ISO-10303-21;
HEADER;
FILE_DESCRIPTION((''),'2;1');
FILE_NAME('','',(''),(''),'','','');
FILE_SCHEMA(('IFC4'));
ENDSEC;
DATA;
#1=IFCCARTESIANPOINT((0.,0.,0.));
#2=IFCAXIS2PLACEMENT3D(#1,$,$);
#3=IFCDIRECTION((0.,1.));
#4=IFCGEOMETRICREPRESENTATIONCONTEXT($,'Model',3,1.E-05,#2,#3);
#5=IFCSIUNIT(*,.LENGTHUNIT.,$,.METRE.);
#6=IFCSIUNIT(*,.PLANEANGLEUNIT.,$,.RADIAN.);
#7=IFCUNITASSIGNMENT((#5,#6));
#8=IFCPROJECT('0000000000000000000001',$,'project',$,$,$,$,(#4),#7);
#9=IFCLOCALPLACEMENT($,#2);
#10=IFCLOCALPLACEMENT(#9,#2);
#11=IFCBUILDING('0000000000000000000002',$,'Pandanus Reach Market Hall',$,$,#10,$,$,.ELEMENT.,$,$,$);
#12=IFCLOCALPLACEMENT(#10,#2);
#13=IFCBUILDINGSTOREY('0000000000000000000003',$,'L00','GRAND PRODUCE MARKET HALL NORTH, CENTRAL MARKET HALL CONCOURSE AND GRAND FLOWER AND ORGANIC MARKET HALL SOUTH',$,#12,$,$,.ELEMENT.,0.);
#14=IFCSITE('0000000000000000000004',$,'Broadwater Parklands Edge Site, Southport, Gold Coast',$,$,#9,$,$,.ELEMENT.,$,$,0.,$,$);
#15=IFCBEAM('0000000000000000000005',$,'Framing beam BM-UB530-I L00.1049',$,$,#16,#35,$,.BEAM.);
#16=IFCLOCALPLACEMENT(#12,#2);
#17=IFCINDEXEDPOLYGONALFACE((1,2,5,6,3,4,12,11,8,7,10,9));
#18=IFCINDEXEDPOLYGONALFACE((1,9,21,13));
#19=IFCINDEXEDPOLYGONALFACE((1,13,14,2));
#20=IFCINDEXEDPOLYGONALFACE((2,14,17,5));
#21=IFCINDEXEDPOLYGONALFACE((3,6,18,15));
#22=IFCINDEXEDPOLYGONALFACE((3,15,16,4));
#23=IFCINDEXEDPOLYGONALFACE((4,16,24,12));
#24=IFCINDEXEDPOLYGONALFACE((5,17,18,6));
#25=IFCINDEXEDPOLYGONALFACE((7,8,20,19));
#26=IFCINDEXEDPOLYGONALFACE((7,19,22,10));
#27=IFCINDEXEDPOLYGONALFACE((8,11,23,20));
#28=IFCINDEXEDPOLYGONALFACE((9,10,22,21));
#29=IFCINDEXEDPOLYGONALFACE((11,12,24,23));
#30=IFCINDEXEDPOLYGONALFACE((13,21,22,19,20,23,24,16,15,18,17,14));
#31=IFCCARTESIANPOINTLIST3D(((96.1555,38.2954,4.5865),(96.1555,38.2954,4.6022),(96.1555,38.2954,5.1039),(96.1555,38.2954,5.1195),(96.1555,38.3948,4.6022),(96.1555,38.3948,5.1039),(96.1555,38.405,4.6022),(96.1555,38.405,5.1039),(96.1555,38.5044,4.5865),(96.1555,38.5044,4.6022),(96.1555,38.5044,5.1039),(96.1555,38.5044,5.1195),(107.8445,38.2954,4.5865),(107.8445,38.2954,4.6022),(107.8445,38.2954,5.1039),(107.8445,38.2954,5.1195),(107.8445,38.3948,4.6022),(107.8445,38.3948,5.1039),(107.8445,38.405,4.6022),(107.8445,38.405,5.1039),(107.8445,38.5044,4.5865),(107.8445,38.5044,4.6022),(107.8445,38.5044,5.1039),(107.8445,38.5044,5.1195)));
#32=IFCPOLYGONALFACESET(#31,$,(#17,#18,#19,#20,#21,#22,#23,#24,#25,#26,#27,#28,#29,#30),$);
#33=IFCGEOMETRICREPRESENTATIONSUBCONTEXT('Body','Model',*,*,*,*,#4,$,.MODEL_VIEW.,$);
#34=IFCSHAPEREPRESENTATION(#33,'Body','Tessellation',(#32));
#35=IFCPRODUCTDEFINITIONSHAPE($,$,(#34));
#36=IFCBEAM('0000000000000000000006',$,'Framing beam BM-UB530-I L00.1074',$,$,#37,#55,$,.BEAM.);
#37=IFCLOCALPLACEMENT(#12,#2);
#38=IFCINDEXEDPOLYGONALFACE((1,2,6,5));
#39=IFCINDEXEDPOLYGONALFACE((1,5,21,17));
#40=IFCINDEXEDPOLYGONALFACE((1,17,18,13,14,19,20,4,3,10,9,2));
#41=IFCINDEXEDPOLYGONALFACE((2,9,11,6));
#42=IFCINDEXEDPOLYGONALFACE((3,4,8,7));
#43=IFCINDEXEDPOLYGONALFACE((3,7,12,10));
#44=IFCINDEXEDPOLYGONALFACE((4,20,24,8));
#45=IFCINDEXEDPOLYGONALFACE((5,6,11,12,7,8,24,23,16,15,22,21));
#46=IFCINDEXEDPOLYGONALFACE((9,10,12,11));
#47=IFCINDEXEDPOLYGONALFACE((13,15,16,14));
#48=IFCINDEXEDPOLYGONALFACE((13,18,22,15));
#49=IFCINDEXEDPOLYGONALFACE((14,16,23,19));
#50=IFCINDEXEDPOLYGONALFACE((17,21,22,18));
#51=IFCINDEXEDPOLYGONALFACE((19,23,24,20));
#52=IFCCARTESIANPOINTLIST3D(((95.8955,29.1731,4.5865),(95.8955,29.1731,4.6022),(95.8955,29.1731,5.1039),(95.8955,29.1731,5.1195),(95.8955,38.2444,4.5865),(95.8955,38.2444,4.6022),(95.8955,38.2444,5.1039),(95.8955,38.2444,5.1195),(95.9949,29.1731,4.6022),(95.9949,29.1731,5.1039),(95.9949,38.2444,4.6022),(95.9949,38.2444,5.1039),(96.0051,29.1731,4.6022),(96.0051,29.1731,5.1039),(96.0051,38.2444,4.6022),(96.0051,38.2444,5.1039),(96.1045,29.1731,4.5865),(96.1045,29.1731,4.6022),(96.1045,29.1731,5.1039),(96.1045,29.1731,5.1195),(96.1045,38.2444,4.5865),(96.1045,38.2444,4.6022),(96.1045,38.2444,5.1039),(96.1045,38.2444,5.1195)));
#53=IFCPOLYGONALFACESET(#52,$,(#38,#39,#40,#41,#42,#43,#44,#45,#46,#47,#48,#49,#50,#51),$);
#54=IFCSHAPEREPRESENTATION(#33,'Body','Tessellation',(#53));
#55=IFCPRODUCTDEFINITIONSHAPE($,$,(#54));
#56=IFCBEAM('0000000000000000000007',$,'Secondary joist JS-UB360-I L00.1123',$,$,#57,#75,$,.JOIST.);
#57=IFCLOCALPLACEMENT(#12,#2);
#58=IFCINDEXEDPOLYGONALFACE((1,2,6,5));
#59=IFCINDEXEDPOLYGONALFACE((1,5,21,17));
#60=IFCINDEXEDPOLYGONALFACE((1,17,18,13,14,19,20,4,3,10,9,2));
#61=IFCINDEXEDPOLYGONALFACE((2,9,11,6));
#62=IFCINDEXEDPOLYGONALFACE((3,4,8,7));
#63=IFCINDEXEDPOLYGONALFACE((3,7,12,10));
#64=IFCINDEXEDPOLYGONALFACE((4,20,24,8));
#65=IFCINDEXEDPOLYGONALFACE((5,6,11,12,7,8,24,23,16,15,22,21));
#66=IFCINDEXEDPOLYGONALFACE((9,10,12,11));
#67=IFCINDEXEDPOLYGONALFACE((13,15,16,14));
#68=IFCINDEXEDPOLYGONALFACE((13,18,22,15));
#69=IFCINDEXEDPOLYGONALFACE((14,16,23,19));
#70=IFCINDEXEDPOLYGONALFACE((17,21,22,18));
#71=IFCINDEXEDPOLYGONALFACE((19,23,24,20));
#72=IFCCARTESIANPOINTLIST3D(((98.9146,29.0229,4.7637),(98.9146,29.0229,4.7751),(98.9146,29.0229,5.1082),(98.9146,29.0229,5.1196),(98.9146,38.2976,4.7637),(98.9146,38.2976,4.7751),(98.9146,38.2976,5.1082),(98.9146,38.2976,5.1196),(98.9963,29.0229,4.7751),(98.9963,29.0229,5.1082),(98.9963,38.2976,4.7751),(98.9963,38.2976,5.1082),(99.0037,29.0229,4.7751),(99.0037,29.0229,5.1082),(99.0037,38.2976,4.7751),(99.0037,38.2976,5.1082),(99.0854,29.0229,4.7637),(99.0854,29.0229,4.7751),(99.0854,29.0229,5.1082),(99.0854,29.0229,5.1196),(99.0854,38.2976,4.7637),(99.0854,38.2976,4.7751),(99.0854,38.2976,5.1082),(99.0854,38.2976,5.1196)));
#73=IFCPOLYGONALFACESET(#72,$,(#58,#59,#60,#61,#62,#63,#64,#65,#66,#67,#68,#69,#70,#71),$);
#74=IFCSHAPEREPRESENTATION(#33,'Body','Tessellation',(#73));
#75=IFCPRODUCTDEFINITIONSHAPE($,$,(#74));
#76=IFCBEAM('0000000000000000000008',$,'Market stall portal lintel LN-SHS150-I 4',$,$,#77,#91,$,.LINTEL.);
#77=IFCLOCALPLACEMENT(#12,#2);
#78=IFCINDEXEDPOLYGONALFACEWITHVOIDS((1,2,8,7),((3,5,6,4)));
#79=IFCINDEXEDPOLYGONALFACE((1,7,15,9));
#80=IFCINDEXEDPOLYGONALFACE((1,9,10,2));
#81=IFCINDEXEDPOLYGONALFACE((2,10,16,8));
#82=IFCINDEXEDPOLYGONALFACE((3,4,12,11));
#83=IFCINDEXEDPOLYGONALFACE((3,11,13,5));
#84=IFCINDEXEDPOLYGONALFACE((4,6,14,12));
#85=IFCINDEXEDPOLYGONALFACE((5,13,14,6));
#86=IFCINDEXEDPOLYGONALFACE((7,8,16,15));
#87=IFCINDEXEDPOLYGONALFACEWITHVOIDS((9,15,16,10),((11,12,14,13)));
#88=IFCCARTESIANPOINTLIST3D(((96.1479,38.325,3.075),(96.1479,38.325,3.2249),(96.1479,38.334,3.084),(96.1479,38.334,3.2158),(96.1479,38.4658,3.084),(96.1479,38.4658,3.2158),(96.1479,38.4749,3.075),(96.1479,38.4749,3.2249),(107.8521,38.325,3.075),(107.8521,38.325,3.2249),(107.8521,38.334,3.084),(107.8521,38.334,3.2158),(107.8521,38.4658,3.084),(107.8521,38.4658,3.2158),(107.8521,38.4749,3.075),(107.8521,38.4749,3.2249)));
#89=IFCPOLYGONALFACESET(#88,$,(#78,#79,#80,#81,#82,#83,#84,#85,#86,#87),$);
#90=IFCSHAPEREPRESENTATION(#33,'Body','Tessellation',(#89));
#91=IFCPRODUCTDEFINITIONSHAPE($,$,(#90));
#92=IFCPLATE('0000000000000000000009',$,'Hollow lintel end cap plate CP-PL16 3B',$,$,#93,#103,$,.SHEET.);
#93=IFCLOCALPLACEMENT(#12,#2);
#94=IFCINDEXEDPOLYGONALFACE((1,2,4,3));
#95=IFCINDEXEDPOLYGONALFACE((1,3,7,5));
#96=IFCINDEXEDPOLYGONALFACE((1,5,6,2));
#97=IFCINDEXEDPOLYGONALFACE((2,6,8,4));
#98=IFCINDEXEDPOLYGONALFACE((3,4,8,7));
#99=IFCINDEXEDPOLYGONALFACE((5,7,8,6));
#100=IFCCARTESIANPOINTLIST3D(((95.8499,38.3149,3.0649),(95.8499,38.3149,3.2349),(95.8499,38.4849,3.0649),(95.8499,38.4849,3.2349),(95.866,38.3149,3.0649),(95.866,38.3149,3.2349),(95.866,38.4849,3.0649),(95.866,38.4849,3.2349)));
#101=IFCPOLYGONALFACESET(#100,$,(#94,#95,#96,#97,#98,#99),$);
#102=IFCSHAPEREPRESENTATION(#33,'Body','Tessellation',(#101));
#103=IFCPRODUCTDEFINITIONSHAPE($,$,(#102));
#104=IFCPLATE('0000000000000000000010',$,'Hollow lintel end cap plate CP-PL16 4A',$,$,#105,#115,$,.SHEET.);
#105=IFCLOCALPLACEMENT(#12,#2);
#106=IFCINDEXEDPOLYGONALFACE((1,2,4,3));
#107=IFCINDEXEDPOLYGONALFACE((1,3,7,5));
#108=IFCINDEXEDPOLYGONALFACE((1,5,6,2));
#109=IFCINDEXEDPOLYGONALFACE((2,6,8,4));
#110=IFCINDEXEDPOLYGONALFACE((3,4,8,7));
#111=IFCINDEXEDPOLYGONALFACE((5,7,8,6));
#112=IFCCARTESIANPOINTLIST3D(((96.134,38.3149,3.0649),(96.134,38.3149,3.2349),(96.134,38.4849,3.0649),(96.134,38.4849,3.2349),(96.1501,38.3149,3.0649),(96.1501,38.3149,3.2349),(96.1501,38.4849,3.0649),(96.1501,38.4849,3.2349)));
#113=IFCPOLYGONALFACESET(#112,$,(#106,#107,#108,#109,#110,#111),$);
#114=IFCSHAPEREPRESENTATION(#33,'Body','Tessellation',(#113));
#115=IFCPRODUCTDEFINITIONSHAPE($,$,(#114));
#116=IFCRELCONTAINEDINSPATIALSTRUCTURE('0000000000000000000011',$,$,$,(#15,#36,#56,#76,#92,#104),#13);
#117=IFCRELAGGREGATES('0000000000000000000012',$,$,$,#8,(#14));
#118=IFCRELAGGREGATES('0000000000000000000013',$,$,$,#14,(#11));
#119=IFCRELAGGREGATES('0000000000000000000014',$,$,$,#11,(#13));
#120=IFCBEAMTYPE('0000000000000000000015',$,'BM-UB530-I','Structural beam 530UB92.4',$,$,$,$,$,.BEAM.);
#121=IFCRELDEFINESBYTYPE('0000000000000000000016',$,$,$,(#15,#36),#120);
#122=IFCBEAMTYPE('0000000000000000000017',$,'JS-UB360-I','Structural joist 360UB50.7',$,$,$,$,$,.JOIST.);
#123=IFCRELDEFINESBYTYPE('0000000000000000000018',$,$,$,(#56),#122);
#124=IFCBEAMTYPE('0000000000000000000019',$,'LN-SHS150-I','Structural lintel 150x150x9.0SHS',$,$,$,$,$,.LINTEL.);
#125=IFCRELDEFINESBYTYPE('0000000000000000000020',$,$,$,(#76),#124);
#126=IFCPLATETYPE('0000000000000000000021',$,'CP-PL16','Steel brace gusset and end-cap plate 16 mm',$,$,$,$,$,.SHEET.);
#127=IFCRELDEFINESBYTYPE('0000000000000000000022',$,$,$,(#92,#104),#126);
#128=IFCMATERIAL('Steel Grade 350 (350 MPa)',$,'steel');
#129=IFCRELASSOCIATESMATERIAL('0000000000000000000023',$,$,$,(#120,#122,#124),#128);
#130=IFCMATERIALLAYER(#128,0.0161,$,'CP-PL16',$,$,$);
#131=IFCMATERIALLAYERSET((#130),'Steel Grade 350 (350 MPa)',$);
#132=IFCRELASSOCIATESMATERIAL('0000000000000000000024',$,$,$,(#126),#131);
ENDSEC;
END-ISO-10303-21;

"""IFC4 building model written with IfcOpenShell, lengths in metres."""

from ifc_helpers import new_model, si_unit, direction, frame, origin, origin_2d, place, context, subcontext, project, spatial, rectangle, hollow_rectangle, i_section, extrude, material, layer, layer_set, material_profile, profile_set, type_object, element, save


model = new_model("IFC4")

# Units and contexts
model_context = context("Model", 3, precision=1e-05, world=origin(), true_north=direction((0.0, 1.0)))
body_context = subcontext(model_context, "Body", "Model", "MODEL_VIEW")
ifc_project = project(units=[si_unit("LENGTHUNIT", "METRE"), si_unit("PLANEANGLEUNIT", "RADIAN")], contexts=[model_context])

# Site, building, storey
site_placement = place(None, origin())
site = spatial("IfcSite", under=ifc_project, at=site_placement, Name="Broadwater Parklands Edge Site, Southport, Gold Coast", CompositionType="ELEMENT", RefElevation=0.0)
building_placement = place(site_placement, origin())
building = spatial("IfcBuilding", under=site, at=building_placement, Name="Pandanus Reach Market Hall", CompositionType="ELEMENT")
storey_placement = place(building_placement, origin())
storey = spatial("IfcBuildingStorey", under=building, at=storey_placement, Name="L00", Description="GRAND PRODUCE MARKET HALL NORTH, CENTRAL MARKET HALL CONCOURSE AND GRAND FLOWER AND ORGANIC MARKET HALL SOUTH", CompositionType="ELEMENT", Elevation=0.0)

# Shared definitions
ifc_material_1 = material(Name="Steel Grade 350 (350 MPa)", Category="steel")

# Beams
ifc_material_profile_1 = material_profile(ifc_material_1, i_section(OverallWidth=0.209, OverallDepth=0.533, WebThickness=0.0103, FlangeThickness=0.0156, at=origin_2d()), Name="530UB92.4", Category="LoadBearing")
ifc_profile_set_1 = profile_set([ifc_material_profile_1], Name="Steel Grade 350 (350 MPa)")
beam_type_1 = type_object("IfcBeamType", Name="BM-UB530-I", Description="Structural beam 530UB92.4", PredefinedType="BEAM", material=ifc_profile_set_1)
beam_1_placement = place(storey_placement, frame((96.1555, 38.3999, 4.853), z_axis=(1.0, 0.0, 0.0), x_axis=(0.0, 1.0, 0.0)))
element("IfcBeam", 1, at=beam_1_placement, inside=storey, type_object=beam_type_1, Name="Framing beam BM-UB530-I L00.1049", PredefinedType="BEAM", context=body_context, shape_type="SweptSolid", body=[
    extrude(i_section(OverallWidth=0.209, OverallDepth=0.533, WebThickness=0.0103, FlangeThickness=0.0156, at=origin_2d()), origin(), (0.0, 0.0, 1.0), 11.689),
])
beam_2_placement = place(storey_placement, frame((96.0, 29.1731, 4.853), z_axis=(0.0, 1.0, 0.0), x_axis=(-1.0, 0.0, 0.0)))
element("IfcBeam", 2, at=beam_2_placement, inside=storey, type_object=beam_type_1, Name="Framing beam BM-UB530-I L00.1074", PredefinedType="BEAM", context=body_context, shape_type="SweptSolid", body=[
    extrude(i_section(OverallWidth=0.209, OverallDepth=0.533, WebThickness=0.0103, FlangeThickness=0.0156, at=origin_2d()), origin(), (0.0, 0.0, 1.0), 9.0713),
])
ifc_material_profile_2 = material_profile(ifc_material_1, i_section(OverallWidth=0.1709, OverallDepth=0.356, WebThickness=0.0073, FlangeThickness=0.0115, at=origin_2d()), Name="360UB50.7", Category="LoadBearing")
ifc_profile_set_2 = profile_set([ifc_material_profile_2], Name="Steel Grade 350 (350 MPa)")
beam_type_2 = type_object("IfcBeamType", Name="JS-UB360-I", Description="Structural joist 360UB50.7", PredefinedType="JOIST", material=ifc_profile_set_2)
beam_3_placement = place(storey_placement, frame((99.0, 29.0229, 4.9417), z_axis=(0.0, 1.0, 0.0), x_axis=(-1.0, 0.0, 0.0)))
element("IfcBeam", 3, at=beam_3_placement, inside=storey, type_object=beam_type_2, Name="Secondary joist JS-UB360-I L00.1123", PredefinedType="JOIST", context=body_context, shape_type="SweptSolid", body=[
    extrude(i_section(OverallWidth=0.1709, OverallDepth=0.356, WebThickness=0.0073, FlangeThickness=0.0115, at=origin_2d()), origin(), (0.0, 0.0, 1.0), 9.2747),
])
ifc_material_profile_3 = material_profile(ifc_material_1, hollow_rectangle(XDim=0.1499, YDim=0.1499, WallThickness=0.009, at=origin_2d()), Name="150x150x9.0SHS", Category="LoadBearing")
ifc_profile_set_3 = profile_set([ifc_material_profile_3], Name="Steel Grade 350 (350 MPa)")
beam_type_3 = type_object("IfcBeamType", Name="LN-SHS150-I", Description="Structural lintel 150x150x9.0SHS", PredefinedType="LINTEL", material=ifc_profile_set_3)
beam_4_placement = place(storey_placement, frame((96.1479, 38.3999, 3.1499), z_axis=(1.0, 0.0, 0.0), x_axis=(0.0, 1.0, 0.0)))
element("IfcBeam", 4, at=beam_4_placement, inside=storey, type_object=beam_type_3, Name="Market stall portal lintel LN-SHS150-I 4", PredefinedType="LINTEL", context=body_context, shape_type="SweptSolid", body=[
    extrude(hollow_rectangle(XDim=0.1499, YDim=0.1499, WallThickness=0.009, at=origin_2d()), origin(), (0.0, 0.0, 1.0), 11.7041),
])

# Plates
ifc_layer_1 = layer(ifc_material_1, 0.0161, Name="CP-PL16")
ifc_layer_set_1 = layer_set([ifc_layer_1], Name="Steel Grade 350 (350 MPa)")
plate_type = type_object("IfcPlateType", Name="CP-PL16", Description="Steel brace gusset and end-cap plate 16 mm", PredefinedType="SHEET", material=ifc_layer_set_1)
for number, where, z_axis, x_axis, name in (
    (5, (95.8579, 38.3999, 3.0649), (0.0, 0.0, 1.0), (1.0, 0.0, 0.0), "Hollow lintel end cap plate CP-PL16 3B"),
    (6, (96.1421, 38.3999, 3.0649), (0.0, 0.0, 1.0), (1.0, 0.0, 0.0), "Hollow lintel end cap plate CP-PL16 4A"),
):
    element("IfcPlate", number, at=place(storey_placement, frame(where, z_axis=z_axis, x_axis=x_axis)), inside=storey, type_object=plate_type, Name=name, PredefinedType="SHEET", context=body_context, shape_type="SweptSolid", body=[
        extrude(rectangle(XDim=0.0161, YDim=0.1699, at=origin_2d()), origin(), (0.0, 0.0, 1.0), 0.1699),
    ])

save(model, "model.ifc")
